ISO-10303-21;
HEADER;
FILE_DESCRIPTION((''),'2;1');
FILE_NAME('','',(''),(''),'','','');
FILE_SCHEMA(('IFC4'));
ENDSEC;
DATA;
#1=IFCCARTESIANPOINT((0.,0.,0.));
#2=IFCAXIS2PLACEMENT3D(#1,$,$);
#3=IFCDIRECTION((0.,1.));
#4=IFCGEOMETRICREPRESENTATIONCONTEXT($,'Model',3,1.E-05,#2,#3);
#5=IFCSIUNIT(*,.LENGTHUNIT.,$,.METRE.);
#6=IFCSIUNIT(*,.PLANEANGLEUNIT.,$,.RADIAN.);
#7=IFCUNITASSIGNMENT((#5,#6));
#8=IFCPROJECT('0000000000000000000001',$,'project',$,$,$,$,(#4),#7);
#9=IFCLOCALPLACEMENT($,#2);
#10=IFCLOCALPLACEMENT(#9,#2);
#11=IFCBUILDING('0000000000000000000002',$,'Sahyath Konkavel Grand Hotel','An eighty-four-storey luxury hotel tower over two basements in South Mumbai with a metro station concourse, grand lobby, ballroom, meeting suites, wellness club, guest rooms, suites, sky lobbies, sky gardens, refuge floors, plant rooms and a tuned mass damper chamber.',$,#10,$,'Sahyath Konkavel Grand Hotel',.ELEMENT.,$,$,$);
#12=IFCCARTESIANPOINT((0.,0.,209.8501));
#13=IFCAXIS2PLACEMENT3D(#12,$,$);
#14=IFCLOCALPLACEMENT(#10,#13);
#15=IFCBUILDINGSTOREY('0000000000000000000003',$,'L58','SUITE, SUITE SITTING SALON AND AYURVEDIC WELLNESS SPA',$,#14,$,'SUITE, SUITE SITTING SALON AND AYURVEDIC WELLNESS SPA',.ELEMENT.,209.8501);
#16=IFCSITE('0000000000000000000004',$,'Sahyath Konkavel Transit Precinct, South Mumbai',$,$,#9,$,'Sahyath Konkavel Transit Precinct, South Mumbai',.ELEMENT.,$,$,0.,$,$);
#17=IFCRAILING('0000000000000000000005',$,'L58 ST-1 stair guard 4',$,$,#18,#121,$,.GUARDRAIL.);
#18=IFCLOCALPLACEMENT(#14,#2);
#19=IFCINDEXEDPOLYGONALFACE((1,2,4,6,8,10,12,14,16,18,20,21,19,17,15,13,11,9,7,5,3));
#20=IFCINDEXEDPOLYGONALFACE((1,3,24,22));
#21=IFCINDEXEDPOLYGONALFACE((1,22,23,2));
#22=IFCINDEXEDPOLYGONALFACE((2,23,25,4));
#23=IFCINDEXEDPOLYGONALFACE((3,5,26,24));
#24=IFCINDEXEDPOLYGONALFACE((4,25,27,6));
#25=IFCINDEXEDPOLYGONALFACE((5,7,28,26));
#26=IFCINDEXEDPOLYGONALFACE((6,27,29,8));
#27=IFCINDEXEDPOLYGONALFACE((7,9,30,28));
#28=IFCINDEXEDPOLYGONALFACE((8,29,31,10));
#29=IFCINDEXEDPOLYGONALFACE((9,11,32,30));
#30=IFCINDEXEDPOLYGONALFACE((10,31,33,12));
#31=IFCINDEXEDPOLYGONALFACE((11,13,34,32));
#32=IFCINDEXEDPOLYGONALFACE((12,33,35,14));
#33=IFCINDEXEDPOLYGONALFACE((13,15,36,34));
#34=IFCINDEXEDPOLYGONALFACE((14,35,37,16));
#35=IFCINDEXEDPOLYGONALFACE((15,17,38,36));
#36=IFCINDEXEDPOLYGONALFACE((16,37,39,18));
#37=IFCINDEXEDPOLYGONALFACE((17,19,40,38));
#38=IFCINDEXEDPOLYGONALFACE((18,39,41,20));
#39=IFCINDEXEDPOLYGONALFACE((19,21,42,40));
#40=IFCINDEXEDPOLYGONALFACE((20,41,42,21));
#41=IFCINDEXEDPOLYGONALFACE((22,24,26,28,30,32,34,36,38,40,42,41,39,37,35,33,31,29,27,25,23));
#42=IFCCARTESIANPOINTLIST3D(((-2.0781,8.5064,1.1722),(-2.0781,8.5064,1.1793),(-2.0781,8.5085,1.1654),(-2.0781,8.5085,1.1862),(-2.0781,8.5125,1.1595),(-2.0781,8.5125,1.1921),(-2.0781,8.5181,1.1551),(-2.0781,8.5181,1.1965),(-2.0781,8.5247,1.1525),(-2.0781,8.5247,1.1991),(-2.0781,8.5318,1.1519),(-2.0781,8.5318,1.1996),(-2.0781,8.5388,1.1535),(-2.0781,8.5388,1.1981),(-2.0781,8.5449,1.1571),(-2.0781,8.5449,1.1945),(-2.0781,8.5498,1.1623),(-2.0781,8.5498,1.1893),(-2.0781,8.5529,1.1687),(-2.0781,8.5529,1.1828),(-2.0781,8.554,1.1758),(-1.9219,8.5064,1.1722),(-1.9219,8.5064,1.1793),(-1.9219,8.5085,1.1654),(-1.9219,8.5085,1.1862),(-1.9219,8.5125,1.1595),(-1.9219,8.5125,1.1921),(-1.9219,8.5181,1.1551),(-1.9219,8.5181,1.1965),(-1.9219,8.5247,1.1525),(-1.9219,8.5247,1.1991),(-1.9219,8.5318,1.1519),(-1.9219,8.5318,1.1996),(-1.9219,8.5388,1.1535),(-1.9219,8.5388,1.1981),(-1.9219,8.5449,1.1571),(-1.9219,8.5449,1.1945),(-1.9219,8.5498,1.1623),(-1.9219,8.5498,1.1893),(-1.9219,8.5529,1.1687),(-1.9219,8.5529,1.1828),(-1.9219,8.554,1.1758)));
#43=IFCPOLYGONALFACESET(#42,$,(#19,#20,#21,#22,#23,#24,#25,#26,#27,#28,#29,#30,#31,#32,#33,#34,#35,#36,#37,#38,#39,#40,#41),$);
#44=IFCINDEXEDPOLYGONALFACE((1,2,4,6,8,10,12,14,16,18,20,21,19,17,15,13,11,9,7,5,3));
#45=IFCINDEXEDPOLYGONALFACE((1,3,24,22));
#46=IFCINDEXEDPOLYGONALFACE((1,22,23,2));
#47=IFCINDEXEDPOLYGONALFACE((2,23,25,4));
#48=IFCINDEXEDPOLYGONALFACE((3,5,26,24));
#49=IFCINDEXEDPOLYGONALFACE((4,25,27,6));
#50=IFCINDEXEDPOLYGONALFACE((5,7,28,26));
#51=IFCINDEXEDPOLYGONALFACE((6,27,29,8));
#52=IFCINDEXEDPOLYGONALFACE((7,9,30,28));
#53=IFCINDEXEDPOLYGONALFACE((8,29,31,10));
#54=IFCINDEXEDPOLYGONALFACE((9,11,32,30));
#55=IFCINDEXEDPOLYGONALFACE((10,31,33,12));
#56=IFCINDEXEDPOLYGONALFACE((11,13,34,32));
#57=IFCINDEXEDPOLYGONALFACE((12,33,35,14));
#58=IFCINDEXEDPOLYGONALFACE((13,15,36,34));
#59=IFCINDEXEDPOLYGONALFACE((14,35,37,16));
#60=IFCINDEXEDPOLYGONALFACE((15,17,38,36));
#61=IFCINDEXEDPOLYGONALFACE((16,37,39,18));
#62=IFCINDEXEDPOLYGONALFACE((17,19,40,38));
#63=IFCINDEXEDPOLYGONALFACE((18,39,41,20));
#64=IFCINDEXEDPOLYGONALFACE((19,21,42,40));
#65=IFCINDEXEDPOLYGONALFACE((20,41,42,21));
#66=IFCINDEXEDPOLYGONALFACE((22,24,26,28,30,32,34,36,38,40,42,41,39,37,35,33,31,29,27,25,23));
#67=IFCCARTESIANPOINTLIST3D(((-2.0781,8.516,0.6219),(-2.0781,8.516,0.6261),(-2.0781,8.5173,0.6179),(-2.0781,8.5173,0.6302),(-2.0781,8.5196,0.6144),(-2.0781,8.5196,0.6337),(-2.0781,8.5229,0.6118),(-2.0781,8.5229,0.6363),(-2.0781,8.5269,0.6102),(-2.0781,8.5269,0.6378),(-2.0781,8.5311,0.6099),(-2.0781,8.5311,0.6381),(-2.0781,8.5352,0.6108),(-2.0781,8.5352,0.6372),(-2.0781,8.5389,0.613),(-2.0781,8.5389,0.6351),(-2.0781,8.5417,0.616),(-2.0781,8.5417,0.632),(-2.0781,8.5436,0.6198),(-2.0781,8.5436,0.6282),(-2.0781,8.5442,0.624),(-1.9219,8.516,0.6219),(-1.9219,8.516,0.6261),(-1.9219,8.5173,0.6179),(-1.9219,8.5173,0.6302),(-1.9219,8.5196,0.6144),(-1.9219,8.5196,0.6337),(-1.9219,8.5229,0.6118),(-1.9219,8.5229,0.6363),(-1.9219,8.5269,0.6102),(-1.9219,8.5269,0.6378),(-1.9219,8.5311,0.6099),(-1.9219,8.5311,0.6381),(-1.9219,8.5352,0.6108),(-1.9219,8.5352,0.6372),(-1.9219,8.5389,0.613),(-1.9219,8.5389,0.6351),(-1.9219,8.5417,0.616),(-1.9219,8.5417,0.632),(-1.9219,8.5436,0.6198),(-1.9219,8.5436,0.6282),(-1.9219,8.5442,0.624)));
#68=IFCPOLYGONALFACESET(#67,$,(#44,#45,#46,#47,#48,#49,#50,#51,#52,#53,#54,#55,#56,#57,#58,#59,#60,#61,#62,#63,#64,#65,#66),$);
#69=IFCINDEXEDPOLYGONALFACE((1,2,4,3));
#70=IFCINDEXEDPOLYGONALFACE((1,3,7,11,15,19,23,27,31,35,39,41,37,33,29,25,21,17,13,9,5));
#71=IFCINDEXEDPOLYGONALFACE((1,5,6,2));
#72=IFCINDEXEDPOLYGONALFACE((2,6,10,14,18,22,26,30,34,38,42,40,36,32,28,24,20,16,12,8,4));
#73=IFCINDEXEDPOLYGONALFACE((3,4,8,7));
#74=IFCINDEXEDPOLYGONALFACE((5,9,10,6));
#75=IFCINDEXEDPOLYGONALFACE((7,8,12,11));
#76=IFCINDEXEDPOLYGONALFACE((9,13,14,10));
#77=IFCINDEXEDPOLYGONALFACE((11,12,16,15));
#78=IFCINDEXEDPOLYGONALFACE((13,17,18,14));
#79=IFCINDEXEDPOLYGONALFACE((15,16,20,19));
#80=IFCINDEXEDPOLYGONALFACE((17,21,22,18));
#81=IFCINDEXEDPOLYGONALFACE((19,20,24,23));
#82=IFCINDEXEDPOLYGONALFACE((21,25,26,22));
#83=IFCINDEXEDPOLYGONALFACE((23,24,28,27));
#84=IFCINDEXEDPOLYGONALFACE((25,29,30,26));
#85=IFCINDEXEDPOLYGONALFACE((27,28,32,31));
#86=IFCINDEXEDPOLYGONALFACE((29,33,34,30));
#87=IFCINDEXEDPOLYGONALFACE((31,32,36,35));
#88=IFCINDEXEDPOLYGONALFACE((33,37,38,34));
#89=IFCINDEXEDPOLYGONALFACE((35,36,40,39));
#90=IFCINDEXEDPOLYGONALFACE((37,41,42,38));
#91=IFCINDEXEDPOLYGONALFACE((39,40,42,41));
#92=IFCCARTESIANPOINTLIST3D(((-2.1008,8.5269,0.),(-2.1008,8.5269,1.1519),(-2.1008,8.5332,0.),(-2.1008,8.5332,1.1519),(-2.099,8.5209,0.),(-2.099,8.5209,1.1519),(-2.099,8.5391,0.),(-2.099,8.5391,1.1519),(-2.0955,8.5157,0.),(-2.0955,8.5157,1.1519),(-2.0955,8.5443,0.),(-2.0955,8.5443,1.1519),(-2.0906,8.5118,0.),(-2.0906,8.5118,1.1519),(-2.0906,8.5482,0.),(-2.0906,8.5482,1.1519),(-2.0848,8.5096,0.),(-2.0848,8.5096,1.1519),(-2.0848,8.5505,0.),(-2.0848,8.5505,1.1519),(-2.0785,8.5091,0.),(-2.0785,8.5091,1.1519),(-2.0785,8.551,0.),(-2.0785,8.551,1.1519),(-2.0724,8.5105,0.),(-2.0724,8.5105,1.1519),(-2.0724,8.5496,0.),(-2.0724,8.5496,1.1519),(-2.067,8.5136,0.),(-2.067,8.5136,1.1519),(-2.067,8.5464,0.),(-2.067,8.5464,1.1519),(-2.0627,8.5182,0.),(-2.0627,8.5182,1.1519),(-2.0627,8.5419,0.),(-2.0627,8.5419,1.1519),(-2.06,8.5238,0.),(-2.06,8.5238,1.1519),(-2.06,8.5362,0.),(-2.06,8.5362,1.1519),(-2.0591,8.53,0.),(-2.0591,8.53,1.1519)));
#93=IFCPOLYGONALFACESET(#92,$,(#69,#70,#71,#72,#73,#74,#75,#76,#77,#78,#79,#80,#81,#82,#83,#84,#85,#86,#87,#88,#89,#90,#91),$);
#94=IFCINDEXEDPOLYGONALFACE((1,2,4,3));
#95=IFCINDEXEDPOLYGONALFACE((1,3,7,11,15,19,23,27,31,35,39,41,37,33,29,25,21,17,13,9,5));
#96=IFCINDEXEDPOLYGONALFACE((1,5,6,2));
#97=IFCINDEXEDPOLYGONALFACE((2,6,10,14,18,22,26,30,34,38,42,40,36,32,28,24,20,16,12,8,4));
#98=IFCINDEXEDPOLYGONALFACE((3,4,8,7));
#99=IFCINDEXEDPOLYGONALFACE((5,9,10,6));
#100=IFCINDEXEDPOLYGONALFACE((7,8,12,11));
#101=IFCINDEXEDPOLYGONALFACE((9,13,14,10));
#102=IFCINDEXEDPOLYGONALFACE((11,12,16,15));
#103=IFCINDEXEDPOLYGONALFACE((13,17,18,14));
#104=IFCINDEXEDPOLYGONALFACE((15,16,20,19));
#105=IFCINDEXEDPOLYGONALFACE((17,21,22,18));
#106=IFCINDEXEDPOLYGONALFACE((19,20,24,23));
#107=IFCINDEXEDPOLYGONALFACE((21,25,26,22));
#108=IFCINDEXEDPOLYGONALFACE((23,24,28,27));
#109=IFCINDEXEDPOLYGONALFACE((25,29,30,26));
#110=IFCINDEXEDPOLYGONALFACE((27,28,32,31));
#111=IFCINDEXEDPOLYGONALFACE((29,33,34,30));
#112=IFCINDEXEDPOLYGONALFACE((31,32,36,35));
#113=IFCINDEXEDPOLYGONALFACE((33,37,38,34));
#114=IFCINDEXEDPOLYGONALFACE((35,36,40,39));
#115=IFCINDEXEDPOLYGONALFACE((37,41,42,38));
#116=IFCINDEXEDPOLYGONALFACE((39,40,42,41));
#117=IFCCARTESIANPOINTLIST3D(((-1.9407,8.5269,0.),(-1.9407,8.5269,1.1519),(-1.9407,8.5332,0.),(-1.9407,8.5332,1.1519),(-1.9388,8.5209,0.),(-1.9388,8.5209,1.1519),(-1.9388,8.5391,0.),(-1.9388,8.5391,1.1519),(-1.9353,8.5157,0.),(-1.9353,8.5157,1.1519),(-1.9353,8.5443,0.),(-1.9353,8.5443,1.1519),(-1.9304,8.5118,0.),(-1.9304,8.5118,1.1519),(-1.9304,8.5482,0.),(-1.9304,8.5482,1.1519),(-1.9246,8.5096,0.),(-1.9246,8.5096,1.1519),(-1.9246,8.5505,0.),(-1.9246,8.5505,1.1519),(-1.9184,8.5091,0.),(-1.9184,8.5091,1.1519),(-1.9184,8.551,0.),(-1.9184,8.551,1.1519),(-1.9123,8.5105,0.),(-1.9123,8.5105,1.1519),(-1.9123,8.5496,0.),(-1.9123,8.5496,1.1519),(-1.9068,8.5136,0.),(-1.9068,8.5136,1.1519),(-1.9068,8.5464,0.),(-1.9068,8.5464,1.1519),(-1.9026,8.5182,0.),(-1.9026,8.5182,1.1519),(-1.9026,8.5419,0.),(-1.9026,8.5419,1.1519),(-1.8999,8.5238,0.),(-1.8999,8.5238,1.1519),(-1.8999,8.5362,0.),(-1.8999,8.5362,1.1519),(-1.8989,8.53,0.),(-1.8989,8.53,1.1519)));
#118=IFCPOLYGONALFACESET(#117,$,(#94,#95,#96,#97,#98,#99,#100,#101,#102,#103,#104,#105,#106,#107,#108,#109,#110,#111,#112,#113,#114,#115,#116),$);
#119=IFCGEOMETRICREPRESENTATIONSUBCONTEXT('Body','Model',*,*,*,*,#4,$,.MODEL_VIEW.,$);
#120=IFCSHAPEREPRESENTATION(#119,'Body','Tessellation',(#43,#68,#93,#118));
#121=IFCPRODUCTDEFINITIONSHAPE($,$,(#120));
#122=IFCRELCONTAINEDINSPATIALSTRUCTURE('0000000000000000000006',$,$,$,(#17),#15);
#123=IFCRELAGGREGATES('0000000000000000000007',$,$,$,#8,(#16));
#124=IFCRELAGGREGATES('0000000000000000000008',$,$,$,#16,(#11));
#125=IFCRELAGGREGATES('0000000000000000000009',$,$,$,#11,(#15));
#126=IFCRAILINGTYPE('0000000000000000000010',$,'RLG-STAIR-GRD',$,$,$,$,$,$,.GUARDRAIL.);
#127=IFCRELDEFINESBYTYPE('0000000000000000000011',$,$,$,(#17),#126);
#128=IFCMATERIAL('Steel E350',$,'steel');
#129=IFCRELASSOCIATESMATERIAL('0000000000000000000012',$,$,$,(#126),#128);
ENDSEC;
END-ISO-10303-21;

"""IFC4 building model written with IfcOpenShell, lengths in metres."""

from ifc_helpers import new_model, si_unit, direction, frame, origin, origin_2d, place, context, subcontext, project, spatial, circle, extrude, material, type_object, element, save


model = new_model("IFC4")

# Units and contexts
model_context = context("Model", 3, precision=1e-05, world=origin(), true_north=direction((0.0, 1.0)))
body_context = subcontext(model_context, "Body", "Model", "MODEL_VIEW")
ifc_project = project(units=[si_unit("LENGTHUNIT", "METRE"), si_unit("PLANEANGLEUNIT", "RADIAN")], contexts=[model_context])

# Site, building, storey
site_placement = place(None, origin())
site = spatial("IfcSite", under=ifc_project, at=site_placement, Name="Sahyath Konkavel Transit Precinct, South Mumbai", LongName="Sahyath Konkavel Transit Precinct, South Mumbai", CompositionType="ELEMENT", RefElevation=0.0)
building_placement = place(site_placement, origin())
building = spatial("IfcBuilding", under=site, at=building_placement, Name="Sahyath Konkavel Grand Hotel", Description="An eighty-four-storey luxury hotel tower over two basements in South Mumbai with a metro station concourse, grand lobby, ballroom, meeting suites, wellness club, guest rooms, suites, sky lobbies, sky gardens, refuge floors, plant rooms and a tuned mass damper chamber.", LongName="Sahyath Konkavel Grand Hotel", CompositionType="ELEMENT")
storey_placement = place(building_placement, frame((0.0, 0.0, 209.8501)))
storey = spatial("IfcBuildingStorey", under=building, at=storey_placement, Name="L58", Description="SUITE, SUITE SITTING SALON AND AYURVEDIC WELLNESS SPA", LongName="SUITE, SUITE SITTING SALON AND AYURVEDIC WELLNESS SPA", CompositionType="ELEMENT", Elevation=209.8501)

# Shared definitions
ifc_material_1 = material(Name="Steel E350", Category="steel")

# Railing
railing_type_1 = type_object("IfcRailingType", Name="RLG-STAIR-GRD", PredefinedType="GUARDRAIL", material=ifc_material_1)
railing_1_placement = place(storey_placement, frame((-2.0801, 8.53, 0.0)))
element("IfcRailing", 1, at=railing_1_placement, inside=storey, type_object=railing_type_1, Name="L58 ST-1 stair guard 4", PredefinedType="GUARDRAIL", context=body_context, shape_type="SweptSolid", body=[
    extrude(circle(Radius=0.0239, at=origin_2d()), frame((0.002, 0.0, 1.1758), z_axis=(1.0, 0.0, 0.0), x_axis=(0.0, 1.0, 0.0)), (0.0, 0.0, 1.0), 0.1562),
    extrude(circle(Radius=0.0142, at=origin_2d()), frame((0.002, 0.0, 0.624), z_axis=(1.0, 0.0, 0.0), x_axis=(0.0, 1.0, 0.0)), (0.0, 0.0, 1.0), 0.1562),
    extrude(circle(Radius=0.021, at=origin_2d()), origin(), (0.0, 0.0, 1.0), 1.1519),
    extrude(circle(Radius=0.021, at=origin_2d()), frame((0.1602, 0.0, 0.0)), (0.0, 0.0, 1.0), 1.1519),
])

save(model, "model.ifc")
